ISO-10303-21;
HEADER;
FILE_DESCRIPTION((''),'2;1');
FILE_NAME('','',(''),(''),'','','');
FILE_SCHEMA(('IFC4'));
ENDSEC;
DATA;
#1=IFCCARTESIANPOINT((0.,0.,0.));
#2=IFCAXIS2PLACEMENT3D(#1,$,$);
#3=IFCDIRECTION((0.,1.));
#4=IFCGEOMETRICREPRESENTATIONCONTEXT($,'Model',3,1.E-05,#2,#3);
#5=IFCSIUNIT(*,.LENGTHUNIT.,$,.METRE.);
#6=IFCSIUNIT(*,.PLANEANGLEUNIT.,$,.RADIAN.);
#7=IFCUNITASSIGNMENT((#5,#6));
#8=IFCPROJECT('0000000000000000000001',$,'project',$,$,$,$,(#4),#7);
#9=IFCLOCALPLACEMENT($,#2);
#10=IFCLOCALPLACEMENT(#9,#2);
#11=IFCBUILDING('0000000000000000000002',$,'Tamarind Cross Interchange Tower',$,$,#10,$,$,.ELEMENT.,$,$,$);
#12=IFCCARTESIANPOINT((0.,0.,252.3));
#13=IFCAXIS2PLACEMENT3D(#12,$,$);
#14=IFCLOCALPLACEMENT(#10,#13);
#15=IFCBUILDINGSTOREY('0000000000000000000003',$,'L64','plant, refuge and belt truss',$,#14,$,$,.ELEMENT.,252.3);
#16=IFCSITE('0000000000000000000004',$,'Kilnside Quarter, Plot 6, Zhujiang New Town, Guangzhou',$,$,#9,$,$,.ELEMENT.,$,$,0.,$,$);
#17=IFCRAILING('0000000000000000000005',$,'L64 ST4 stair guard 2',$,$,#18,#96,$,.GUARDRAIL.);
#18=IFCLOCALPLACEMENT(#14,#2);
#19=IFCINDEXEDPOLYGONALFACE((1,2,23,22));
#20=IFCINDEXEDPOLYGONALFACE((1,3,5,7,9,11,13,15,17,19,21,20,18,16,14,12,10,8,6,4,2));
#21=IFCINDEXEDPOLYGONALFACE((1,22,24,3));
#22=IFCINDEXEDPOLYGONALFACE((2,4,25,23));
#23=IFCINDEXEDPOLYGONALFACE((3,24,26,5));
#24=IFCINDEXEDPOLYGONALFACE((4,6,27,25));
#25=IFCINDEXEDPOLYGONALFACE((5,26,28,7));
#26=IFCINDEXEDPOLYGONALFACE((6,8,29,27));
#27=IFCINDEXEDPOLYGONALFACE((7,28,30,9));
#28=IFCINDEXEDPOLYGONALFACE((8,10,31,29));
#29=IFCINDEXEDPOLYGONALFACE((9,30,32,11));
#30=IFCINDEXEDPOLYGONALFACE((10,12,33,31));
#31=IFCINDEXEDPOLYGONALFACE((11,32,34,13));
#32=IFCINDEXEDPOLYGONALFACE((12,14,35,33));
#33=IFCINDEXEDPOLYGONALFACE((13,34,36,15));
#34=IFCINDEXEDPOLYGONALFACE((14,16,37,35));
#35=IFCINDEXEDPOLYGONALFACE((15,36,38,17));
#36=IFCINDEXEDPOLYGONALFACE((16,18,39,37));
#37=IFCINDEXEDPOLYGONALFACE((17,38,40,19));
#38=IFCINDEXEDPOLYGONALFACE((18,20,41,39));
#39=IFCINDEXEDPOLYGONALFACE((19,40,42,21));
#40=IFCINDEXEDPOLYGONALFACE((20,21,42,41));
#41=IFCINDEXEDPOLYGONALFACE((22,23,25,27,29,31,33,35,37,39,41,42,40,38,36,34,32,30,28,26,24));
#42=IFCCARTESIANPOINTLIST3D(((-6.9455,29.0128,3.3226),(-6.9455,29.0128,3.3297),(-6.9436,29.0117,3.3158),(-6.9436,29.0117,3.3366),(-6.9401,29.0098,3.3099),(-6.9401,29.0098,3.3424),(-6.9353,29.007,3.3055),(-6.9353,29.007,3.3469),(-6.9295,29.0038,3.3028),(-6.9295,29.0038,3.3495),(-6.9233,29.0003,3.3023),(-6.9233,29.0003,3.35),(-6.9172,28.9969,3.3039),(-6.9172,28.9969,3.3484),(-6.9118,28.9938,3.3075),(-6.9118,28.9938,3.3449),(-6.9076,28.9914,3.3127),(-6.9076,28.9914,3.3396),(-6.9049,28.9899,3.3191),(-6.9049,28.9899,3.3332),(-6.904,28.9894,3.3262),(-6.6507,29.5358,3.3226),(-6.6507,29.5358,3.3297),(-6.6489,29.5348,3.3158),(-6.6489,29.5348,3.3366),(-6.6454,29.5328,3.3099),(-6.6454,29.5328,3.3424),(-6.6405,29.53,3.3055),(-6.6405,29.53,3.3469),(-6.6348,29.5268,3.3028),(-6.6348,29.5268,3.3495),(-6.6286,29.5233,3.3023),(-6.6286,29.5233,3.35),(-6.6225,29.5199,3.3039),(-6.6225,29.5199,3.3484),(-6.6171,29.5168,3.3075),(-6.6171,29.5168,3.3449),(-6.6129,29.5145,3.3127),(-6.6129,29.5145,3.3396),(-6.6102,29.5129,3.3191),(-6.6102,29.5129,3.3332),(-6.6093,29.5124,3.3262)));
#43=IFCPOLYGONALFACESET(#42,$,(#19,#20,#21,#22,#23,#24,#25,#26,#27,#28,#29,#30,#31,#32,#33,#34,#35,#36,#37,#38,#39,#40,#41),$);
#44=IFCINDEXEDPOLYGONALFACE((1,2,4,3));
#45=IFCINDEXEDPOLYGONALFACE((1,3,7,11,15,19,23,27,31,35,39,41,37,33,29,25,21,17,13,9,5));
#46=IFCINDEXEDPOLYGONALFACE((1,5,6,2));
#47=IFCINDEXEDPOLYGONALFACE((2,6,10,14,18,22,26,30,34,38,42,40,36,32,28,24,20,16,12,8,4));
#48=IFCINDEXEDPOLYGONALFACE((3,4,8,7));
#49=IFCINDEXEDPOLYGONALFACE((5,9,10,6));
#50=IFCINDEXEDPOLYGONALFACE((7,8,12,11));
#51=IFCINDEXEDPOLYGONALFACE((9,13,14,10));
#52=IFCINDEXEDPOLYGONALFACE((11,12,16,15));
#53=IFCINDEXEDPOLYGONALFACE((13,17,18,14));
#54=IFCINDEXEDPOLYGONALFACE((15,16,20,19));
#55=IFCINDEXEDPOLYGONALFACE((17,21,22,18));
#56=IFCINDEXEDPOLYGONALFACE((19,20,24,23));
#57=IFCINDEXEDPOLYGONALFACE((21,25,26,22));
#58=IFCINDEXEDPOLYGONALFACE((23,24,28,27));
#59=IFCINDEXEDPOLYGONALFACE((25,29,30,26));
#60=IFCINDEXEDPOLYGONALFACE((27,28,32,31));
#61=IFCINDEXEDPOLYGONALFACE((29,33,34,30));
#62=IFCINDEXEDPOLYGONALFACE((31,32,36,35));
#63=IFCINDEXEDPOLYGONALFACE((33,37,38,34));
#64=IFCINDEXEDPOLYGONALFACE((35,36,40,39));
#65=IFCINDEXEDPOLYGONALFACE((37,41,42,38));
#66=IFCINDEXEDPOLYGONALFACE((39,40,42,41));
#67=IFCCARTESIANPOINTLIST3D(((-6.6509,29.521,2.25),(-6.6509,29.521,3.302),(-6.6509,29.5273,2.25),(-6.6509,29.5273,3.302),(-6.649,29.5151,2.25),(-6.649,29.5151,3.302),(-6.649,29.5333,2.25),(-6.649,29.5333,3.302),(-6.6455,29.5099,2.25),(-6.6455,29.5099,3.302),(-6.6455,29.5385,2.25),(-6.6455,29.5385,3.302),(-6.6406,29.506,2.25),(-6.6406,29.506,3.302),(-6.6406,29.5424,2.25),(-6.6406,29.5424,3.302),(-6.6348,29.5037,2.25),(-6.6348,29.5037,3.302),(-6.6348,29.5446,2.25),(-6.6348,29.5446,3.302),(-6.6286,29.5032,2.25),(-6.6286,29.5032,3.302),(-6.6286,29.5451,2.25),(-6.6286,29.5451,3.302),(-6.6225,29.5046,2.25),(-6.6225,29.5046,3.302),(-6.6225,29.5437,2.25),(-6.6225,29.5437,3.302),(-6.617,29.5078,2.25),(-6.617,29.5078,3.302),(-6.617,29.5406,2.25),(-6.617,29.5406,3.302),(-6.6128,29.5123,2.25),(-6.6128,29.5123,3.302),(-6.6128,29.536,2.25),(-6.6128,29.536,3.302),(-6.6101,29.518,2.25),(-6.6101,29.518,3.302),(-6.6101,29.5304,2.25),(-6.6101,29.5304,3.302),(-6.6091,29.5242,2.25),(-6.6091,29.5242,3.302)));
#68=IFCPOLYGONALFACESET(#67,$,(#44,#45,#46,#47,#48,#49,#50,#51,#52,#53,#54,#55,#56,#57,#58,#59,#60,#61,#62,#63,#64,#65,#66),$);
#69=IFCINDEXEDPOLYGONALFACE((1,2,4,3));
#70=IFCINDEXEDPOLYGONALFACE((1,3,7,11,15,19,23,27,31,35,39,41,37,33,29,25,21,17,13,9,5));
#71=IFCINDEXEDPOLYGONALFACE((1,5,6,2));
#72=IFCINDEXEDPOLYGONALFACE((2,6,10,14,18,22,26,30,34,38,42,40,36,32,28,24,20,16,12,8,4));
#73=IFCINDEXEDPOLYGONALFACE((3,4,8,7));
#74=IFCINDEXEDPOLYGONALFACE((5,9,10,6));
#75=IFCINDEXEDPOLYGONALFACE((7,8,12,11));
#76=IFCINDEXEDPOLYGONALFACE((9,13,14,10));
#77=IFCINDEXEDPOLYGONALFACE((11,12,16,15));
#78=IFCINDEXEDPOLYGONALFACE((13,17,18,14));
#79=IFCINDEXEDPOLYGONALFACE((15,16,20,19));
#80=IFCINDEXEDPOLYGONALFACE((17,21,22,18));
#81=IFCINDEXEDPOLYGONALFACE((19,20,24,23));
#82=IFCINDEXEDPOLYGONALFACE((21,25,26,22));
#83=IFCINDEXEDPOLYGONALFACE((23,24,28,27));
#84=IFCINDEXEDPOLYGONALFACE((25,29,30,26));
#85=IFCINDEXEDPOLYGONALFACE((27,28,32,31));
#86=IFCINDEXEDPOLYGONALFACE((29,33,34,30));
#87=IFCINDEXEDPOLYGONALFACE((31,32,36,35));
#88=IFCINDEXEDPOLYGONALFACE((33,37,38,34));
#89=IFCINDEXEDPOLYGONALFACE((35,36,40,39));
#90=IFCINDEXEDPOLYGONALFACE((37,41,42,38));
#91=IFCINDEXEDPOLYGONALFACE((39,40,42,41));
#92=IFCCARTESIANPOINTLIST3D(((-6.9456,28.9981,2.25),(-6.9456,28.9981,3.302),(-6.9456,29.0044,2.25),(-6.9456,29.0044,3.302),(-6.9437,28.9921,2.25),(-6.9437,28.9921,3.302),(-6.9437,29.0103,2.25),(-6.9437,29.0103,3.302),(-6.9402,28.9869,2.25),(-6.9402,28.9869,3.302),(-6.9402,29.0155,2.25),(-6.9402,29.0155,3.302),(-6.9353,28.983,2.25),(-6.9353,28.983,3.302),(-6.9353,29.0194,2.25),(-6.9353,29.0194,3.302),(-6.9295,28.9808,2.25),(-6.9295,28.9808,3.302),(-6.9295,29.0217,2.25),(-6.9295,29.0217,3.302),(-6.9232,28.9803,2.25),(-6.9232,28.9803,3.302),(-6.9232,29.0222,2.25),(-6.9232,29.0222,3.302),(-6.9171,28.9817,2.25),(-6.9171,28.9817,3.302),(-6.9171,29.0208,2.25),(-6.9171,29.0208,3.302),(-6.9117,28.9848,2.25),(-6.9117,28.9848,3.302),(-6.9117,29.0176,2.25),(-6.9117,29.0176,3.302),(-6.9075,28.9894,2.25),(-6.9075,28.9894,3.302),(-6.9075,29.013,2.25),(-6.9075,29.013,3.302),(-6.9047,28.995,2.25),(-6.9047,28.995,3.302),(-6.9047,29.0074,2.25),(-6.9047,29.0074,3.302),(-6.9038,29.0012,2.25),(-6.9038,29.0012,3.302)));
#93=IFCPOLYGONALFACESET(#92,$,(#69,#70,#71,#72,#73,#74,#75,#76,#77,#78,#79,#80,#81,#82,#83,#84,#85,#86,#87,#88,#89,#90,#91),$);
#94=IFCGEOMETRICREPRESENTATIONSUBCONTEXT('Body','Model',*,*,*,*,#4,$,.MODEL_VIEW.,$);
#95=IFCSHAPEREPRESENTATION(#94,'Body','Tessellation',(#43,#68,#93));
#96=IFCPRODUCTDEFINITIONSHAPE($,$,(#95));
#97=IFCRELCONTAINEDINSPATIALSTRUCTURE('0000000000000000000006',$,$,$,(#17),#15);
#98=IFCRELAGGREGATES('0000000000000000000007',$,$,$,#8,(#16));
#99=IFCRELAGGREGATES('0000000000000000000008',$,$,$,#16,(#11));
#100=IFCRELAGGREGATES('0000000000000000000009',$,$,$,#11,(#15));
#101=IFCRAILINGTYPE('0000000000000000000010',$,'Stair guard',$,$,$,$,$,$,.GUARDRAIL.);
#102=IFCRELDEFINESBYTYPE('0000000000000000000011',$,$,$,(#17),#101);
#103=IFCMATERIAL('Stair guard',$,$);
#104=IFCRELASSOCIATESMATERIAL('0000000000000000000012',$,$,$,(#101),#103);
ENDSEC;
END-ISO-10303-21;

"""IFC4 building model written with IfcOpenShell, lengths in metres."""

from ifc_helpers import new_model, si_unit, direction, frame, origin, origin_2d, place, context, subcontext, project, spatial, circle, extrude, material, type_object, element, save


model = new_model("IFC4")

# Units and contexts
model_context = context("Model", 3, precision=1e-05, world=origin(), true_north=direction((0.0, 1.0)))
body_context = subcontext(model_context, "Body", "Model", "MODEL_VIEW")
ifc_project = project(units=[si_unit("LENGTHUNIT", "METRE"), si_unit("PLANEANGLEUNIT", "RADIAN")], contexts=[model_context])

# Site, building, storey
site_placement = place(None, origin())
site = spatial("IfcSite", under=ifc_project, at=site_placement, Name="Kilnside Quarter, Plot 6, Zhujiang New Town, Guangzhou", CompositionType="ELEMENT", RefElevation=0.0)
building_placement = place(site_placement, origin())
building = spatial("IfcBuilding", under=site, at=building_placement, Name="Tamarind Cross Interchange Tower", CompositionType="ELEMENT")
storey_placement = place(building_placement, frame((0.0, 0.0, 252.3)))
storey = spatial("IfcBuildingStorey", under=building, at=storey_placement, Name="L64", Description="plant, refuge and belt truss", CompositionType="ELEMENT", Elevation=252.3)

# Railing
ifc_material_1 = material(Name="Stair guard")
railing_type_1 = type_object("IfcRailingType", Name="Stair guard", PredefinedType="GUARDRAIL", material=ifc_material_1)
railing_1_placement = place(storey_placement, frame((-6.6301, 29.5242, 2.25)))
element("IfcRailing", 1, at=railing_1_placement, inside=storey, type_object=railing_type_1, Name="L64 ST4 stair guard 2", PredefinedType="GUARDRAIL", context=body_context, shape_type="SweptSolid", body=[
    extrude(circle(Radius=0.0239, at=origin_2d()), frame((0.0, 0.0, 1.0762), z_axis=(-0.490918, -0.871206, 0.0), x_axis=(0.871206, -0.490918, 0.0)), (0.0, 0.0, 1.0), 0.6003),
    extrude(circle(Radius=0.021, at=origin_2d()), origin(), (0.0, 0.0, 1.0), 1.052),
    extrude(circle(Radius=0.021, at=origin_2d()), frame((-0.2947, -0.5229, 0.0)), (0.0, 0.0, 1.0), 1.052),
])

save(model, "model.ifc")
